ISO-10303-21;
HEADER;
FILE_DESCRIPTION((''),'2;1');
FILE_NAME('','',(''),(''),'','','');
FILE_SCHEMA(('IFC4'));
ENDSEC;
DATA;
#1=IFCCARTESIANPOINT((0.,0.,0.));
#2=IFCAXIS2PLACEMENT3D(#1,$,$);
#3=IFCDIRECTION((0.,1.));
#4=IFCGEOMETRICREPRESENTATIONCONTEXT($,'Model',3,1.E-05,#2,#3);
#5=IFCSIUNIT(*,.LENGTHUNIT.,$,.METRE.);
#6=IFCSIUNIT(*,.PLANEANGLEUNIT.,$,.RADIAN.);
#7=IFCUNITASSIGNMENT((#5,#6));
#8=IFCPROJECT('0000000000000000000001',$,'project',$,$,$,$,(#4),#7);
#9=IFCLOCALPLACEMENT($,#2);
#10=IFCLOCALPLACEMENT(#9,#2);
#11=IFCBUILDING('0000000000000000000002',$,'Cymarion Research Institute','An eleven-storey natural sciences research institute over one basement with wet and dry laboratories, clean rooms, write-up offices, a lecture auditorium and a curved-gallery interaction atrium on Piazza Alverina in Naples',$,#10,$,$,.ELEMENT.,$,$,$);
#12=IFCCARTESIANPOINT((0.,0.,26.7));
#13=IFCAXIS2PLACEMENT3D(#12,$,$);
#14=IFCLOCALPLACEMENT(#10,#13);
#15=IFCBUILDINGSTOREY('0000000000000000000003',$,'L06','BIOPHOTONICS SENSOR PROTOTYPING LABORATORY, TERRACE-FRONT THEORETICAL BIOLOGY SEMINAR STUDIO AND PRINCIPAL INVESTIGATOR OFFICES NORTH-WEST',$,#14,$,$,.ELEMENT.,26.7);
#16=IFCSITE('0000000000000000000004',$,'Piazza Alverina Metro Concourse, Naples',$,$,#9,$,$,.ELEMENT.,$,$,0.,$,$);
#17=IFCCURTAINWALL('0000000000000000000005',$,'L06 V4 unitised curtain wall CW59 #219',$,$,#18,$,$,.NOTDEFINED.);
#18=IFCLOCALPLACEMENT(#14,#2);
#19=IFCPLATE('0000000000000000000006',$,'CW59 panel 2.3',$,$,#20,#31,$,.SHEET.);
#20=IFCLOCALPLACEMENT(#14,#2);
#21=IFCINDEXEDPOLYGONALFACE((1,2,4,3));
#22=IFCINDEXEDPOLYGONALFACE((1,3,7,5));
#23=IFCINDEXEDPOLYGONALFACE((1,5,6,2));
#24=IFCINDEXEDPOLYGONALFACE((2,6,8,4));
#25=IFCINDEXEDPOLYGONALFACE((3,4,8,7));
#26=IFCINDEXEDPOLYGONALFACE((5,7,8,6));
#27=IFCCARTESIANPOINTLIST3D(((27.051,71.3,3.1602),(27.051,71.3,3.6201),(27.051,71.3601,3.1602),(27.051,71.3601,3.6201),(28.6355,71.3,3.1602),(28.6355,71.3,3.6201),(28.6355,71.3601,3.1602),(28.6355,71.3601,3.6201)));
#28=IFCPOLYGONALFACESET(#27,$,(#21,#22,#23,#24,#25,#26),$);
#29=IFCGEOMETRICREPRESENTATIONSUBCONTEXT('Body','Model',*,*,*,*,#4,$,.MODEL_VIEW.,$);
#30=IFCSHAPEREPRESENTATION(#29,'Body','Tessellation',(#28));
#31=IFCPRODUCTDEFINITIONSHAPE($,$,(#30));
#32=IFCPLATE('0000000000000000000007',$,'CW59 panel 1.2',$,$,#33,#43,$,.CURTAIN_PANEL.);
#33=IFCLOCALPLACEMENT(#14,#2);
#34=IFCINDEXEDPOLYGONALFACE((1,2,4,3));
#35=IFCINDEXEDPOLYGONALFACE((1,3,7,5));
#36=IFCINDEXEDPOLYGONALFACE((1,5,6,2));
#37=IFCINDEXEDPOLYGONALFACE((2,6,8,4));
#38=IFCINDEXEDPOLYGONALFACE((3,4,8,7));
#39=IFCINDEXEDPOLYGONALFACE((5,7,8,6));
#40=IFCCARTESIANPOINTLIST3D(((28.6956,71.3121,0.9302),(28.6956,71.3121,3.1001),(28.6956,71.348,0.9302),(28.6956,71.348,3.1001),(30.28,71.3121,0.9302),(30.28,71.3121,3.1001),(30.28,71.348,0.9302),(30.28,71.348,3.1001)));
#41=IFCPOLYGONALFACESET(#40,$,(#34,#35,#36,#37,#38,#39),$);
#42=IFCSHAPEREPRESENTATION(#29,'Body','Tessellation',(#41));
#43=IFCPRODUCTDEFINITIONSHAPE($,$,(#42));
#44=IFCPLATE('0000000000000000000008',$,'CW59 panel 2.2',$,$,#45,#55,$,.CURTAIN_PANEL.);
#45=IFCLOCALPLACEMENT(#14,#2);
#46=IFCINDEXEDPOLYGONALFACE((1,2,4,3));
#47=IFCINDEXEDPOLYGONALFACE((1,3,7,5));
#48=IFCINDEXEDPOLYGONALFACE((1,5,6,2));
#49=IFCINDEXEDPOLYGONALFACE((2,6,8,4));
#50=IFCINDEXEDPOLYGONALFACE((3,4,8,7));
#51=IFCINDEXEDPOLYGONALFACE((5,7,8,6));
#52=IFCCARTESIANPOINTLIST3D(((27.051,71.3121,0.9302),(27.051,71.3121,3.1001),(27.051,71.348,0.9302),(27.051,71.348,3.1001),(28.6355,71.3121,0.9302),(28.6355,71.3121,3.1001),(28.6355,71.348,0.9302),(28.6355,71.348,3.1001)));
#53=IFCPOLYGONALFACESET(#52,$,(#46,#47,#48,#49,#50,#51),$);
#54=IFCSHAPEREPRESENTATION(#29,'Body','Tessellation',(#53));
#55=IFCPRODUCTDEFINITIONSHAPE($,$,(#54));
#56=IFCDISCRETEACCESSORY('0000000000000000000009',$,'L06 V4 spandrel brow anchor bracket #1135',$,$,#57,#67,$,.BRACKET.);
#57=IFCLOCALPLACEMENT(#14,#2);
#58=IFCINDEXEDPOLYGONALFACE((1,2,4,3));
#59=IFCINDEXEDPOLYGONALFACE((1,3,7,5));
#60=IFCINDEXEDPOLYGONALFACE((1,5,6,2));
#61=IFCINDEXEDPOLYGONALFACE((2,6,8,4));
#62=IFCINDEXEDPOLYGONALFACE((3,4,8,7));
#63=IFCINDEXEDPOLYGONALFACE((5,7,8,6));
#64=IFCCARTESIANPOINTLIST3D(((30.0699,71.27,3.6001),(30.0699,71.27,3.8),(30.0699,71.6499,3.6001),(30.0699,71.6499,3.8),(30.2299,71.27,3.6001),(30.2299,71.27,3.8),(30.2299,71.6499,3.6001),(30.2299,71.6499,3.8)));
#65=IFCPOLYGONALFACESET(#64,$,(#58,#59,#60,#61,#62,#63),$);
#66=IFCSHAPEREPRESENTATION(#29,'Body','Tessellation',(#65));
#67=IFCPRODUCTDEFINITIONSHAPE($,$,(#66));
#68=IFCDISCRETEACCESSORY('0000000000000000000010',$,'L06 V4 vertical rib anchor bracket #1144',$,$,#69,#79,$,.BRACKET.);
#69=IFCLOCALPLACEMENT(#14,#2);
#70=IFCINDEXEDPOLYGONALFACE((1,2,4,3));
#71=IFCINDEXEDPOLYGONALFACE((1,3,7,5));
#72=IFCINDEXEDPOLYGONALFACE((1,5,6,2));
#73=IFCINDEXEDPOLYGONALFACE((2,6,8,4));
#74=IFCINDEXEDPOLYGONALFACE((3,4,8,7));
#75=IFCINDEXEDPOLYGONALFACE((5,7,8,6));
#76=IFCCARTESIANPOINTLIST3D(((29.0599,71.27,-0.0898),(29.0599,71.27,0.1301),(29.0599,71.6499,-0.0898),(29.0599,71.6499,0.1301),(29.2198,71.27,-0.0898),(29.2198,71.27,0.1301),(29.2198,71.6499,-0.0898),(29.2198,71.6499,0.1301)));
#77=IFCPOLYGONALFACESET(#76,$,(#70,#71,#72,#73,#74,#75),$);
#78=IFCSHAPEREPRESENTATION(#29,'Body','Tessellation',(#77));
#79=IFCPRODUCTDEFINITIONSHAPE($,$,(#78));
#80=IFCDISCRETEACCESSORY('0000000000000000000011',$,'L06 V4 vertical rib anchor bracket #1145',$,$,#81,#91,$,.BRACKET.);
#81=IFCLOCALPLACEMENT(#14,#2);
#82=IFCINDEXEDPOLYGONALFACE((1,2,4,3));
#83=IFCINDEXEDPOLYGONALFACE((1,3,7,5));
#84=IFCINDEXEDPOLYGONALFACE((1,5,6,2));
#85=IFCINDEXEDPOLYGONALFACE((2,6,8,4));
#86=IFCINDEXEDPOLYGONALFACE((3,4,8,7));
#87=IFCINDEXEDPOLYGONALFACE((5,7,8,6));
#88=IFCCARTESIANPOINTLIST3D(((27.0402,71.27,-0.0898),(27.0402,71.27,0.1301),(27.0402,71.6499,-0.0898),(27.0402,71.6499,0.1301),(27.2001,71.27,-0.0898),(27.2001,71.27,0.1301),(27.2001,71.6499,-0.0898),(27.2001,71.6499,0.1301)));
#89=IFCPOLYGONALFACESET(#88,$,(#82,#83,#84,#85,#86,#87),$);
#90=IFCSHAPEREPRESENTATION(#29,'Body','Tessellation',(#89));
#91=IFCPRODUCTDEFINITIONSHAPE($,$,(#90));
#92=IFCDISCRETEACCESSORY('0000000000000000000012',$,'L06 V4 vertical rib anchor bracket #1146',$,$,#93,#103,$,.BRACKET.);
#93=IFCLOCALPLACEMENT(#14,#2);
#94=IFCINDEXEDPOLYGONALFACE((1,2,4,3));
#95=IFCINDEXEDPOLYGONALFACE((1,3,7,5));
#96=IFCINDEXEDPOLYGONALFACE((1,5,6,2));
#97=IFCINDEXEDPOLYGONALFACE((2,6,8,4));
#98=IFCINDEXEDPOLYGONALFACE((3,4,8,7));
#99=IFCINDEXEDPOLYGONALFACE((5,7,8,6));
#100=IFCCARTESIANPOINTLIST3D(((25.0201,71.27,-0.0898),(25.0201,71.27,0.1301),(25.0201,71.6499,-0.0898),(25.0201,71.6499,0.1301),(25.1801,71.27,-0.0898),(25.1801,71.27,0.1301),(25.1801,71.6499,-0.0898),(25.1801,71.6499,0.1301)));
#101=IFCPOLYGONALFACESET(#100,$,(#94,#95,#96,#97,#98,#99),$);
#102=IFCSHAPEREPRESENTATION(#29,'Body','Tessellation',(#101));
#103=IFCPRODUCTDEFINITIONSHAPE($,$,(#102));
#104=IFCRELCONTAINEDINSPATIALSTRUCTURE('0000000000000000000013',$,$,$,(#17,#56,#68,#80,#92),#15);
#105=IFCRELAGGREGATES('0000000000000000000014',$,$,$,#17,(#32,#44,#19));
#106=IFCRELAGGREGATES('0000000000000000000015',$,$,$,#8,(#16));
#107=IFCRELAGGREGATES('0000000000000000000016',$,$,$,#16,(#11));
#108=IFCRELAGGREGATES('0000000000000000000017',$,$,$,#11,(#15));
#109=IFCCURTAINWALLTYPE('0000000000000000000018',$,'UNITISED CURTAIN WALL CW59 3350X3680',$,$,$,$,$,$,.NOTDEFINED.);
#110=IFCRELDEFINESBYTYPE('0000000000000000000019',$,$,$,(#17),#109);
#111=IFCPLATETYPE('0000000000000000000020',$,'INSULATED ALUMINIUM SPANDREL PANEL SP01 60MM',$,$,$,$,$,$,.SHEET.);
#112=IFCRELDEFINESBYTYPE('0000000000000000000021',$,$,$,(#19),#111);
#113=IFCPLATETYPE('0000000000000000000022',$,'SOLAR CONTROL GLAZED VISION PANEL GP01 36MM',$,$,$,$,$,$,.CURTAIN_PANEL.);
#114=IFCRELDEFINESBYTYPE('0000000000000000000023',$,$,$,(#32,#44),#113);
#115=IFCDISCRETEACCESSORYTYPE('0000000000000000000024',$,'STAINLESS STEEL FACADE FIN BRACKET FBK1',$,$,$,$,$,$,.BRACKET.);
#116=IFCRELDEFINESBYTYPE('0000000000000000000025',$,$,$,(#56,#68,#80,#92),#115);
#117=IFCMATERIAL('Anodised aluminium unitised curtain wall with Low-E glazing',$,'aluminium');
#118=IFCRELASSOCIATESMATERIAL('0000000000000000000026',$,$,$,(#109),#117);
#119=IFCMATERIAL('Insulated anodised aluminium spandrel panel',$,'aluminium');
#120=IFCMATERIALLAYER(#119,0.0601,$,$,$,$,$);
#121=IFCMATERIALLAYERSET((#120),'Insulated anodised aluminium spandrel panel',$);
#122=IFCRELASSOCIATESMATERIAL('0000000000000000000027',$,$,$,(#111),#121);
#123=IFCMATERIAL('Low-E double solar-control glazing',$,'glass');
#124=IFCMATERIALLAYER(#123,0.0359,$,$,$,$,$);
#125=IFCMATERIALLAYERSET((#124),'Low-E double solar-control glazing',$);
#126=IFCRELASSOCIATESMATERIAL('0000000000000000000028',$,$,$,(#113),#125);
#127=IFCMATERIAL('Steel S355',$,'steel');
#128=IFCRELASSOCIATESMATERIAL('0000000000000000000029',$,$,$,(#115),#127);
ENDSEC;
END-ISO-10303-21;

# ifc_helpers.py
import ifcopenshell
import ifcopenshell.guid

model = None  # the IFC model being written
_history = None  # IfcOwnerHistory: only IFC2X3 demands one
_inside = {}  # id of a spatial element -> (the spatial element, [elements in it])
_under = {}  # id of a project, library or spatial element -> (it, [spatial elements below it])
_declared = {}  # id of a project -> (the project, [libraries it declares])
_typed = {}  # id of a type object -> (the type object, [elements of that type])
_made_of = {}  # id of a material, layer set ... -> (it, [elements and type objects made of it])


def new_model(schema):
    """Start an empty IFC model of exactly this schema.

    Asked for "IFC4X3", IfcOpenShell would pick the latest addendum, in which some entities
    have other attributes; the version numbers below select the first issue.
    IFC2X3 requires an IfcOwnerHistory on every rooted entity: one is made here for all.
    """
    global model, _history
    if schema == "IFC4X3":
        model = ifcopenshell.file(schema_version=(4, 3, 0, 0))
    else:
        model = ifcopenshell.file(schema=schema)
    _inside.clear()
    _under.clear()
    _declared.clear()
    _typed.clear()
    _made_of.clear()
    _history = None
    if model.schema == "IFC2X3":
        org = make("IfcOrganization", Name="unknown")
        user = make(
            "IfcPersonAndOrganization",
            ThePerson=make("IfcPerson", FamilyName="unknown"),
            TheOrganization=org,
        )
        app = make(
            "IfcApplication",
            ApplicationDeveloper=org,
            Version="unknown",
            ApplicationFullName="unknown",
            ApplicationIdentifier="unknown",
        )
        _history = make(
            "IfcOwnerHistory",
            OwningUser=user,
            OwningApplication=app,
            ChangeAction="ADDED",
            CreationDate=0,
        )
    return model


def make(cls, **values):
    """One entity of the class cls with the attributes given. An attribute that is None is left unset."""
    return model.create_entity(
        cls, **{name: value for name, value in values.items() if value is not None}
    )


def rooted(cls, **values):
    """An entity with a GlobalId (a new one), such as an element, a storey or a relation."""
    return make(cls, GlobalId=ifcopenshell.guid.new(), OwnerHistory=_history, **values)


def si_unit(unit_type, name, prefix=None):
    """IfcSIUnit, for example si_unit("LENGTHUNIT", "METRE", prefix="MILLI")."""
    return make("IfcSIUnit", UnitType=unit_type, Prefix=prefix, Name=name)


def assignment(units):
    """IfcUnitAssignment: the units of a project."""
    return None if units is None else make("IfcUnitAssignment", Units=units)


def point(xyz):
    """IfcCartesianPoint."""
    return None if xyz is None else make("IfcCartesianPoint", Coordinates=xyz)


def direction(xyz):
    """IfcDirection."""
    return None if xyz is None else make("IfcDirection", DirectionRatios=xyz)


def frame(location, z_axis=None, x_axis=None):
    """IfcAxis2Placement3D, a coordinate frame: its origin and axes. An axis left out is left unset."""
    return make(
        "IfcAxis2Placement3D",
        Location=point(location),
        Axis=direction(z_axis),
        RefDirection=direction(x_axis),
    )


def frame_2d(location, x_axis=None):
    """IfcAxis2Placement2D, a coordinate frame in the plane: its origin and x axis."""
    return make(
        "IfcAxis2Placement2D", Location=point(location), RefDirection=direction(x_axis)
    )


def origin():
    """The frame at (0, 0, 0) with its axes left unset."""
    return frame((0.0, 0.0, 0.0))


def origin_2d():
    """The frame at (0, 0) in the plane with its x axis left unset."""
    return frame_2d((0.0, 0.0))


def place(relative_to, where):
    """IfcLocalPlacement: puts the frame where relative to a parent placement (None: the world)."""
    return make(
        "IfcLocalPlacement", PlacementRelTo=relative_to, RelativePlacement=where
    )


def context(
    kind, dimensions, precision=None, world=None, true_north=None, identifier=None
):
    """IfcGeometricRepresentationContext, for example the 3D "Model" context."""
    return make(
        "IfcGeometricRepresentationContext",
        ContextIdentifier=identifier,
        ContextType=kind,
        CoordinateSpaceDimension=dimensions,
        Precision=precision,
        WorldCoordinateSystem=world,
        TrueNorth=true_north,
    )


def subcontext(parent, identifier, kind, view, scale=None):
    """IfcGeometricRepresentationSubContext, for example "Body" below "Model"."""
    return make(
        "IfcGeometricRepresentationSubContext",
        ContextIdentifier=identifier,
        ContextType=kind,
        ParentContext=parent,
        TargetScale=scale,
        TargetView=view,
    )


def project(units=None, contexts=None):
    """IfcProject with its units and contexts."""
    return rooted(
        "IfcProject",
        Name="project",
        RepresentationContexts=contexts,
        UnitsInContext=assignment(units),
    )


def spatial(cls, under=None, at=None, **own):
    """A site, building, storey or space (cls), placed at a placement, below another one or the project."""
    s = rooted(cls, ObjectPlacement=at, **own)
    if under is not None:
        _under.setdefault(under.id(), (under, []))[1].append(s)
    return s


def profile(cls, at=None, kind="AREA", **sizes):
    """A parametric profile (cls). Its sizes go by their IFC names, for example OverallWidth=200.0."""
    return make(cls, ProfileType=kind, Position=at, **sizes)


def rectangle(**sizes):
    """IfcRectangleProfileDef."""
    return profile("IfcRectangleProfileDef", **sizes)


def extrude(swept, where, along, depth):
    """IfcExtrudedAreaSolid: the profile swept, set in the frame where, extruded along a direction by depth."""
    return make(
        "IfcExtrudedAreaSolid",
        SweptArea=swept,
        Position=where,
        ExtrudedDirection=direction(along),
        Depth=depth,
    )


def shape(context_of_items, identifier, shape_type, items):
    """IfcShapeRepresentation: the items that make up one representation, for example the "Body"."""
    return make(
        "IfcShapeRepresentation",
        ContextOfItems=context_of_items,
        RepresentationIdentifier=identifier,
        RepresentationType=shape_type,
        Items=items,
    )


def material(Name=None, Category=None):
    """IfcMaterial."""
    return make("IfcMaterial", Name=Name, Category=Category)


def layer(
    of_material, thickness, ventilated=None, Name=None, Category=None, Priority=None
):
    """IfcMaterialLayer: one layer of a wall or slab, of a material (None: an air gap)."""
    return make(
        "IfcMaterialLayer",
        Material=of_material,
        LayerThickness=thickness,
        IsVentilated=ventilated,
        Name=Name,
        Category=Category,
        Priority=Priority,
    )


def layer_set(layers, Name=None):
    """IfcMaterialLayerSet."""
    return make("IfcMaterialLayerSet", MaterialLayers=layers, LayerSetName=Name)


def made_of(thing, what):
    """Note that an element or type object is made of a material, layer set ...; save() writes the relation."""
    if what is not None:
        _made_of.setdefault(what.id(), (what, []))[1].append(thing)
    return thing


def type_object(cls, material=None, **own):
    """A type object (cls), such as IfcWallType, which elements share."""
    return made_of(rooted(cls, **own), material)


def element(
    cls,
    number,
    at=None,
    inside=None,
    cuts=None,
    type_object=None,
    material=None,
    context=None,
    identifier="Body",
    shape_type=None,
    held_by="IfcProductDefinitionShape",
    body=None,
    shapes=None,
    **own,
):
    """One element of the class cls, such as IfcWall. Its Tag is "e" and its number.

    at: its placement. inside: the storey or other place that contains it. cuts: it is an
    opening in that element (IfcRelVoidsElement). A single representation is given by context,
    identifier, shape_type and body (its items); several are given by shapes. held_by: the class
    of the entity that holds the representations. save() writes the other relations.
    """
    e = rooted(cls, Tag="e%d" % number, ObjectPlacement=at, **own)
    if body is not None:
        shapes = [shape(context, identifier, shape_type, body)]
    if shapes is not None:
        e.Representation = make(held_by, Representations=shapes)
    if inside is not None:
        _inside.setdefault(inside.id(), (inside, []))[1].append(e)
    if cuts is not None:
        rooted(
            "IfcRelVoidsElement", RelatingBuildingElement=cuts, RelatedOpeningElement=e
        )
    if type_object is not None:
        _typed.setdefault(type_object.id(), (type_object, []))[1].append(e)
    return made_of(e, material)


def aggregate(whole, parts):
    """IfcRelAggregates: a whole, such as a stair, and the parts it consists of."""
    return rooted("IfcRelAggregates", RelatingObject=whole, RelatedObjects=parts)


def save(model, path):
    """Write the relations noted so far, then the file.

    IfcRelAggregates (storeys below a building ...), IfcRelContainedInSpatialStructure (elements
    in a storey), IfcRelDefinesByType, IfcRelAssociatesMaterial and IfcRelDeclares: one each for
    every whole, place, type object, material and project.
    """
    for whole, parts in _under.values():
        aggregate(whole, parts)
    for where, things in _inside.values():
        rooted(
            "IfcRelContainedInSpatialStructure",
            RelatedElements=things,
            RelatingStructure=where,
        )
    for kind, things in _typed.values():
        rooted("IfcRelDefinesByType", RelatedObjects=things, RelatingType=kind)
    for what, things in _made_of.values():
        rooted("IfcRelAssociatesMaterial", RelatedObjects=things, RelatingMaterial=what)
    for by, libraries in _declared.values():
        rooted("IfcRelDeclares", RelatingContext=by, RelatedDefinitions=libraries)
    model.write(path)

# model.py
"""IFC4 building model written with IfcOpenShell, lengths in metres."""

from ifc_helpers import new_model, si_unit, direction, frame, origin, origin_2d, place, context, subcontext, project, spatial, rectangle, extrude, material, layer, layer_set, type_object, element, aggregate, save


model = new_model("IFC4")

# Units and contexts
model_context = context("Model", 3, precision=1e-05, world=origin(), true_north=direction((0.0, 1.0)))
body_context = subcontext(model_context, "Body", "Model", "MODEL_VIEW")
ifc_project = project(units=[si_unit("LENGTHUNIT", "METRE"), si_unit("PLANEANGLEUNIT", "RADIAN")], contexts=[model_context])

# Site, building, storey
site_placement = place(None, origin())
site = spatial("IfcSite", under=ifc_project, at=site_placement, Name="Piazza Alverina Metro Concourse, Naples", CompositionType="ELEMENT", RefElevation=0.0)
building_placement = place(site_placement, origin())
building = spatial("IfcBuilding", under=site, at=building_placement, Name="Cymarion Research Institute", Description="An eleven-storey natural sciences research institute over one basement with wet and dry laboratories, clean rooms, write-up offices, a lecture auditorium and a curved-gallery interaction atrium on Piazza Alverina in Naples", CompositionType="ELEMENT")
storey_placement = place(building_placement, frame((0.0, 0.0, 26.7)))
storey = spatial("IfcBuildingStorey", under=building, at=storey_placement, Name="L06", Description="BIOPHOTONICS SENSOR PROTOTYPING LABORATORY, TERRACE-FRONT THEORETICAL BIOLOGY SEMINAR STUDIO AND PRINCIPAL INVESTIGATOR OFFICES NORTH-WEST", CompositionType="ELEMENT", Elevation=26.7)

# Curtain wall, plates
ifc_material_1 = material(Name="Anodised aluminium unitised curtain wall with Low-E glazing", Category="aluminium")
curtain_wall_type = type_object("IfcCurtainWallType", Name="UNITISED CURTAIN WALL CW59 3350X3680", PredefinedType="NOTDEFINED", material=ifc_material_1)
curtain_wall_placement = place(storey_placement, origin())
curtain_wall = element("IfcCurtainWall", 1, at=curtain_wall_placement, inside=storey, type_object=curtain_wall_type, Name="L06 V4 unitised curtain wall CW59 #219", PredefinedType="NOTDEFINED")
ifc_material_2 = material(Name="Insulated anodised aluminium spandrel panel", Category="aluminium")
ifc_layer_1 = layer(ifc_material_2, 0.0601)
ifc_layer_set_1 = layer_set([ifc_layer_1], Name="Insulated anodised aluminium spandrel panel")
plate_type_1 = type_object("IfcPlateType", Name="INSULATED ALUMINIUM SPANDREL PANEL SP01 60MM", PredefinedType="SHEET", material=ifc_layer_set_1)
plate_1_placement = place(storey_placement, frame((27.8433, 71.3301, 3.1602), z_axis=(0.0, 0.0, 1.0), x_axis=(-1.0, 0.0, 0.0)))
plate_1 = element("IfcPlate", 2, at=plate_1_placement, type_object=plate_type_1, Name="CW59 panel 2.3", PredefinedType="SHEET", context=body_context, shape_type="SweptSolid", body=[
    extrude(rectangle(XDim=1.5845, YDim=0.0601, at=origin_2d()), origin(), (0.0, 0.0, 1.0), 0.46),
])
ifc_material_3 = material(Name="Low-E double solar-control glazing", Category="glass")
ifc_layer_2 = layer(ifc_material_3, 0.0359)
ifc_layer_set_2 = layer_set([ifc_layer_2], Name="Low-E double solar-control glazing")
plate_type_2 = type_object("IfcPlateType", Name="SOLAR CONTROL GLAZED VISION PANEL GP01 36MM", PredefinedType="CURTAIN_PANEL", material=ifc_layer_set_2)
plate_2_placement = place(storey_placement, frame((29.4878, 71.3301, 0.9302), z_axis=(0.0, 0.0, 1.0), x_axis=(-1.0, 0.0, 0.0)))
plate_2 = element("IfcPlate", 3, at=plate_2_placement, type_object=plate_type_2, Name="CW59 panel 1.2", PredefinedType="CURTAIN_PANEL", context=body_context, shape_type="SweptSolid", body=[
    extrude(rectangle(XDim=1.5845, YDim=0.0359, at=origin_2d()), origin(), (0.0, 0.0, 1.0), 2.1699),
])
plate_3_placement = place(storey_placement, frame((27.8433, 71.3301, 0.9302), z_axis=(0.0, 0.0, 1.0), x_axis=(-1.0, 0.0, 0.0)))
plate_3 = element("IfcPlate", 4, at=plate_3_placement, type_object=plate_type_2, Name="CW59 panel 2.2", PredefinedType="CURTAIN_PANEL", context=body_context, shape_type="SweptSolid", body=[
    extrude(rectangle(XDim=1.5845, YDim=0.0359, at=origin_2d()), origin(), (0.0, 0.0, 1.0), 2.1699),
])
aggregate(curtain_wall, [plate_2, plate_3, plate_1])

# Discrete accessories
ifc_material_4 = material(Name="Steel S355", Category="steel")
discrete_accessory_type = type_object("IfcDiscreteAccessoryType", Name="STAINLESS STEEL FACADE FIN BRACKET FBK1", PredefinedType="BRACKET", material=ifc_material_4)
discrete_accessory_placement = place(storey_placement, frame((30.1499, 71.46, 3.6001), z_axis=(0.0, 0.0, 1.0), x_axis=(0.0, 1.0, 0.0)))
element("IfcDiscreteAccessory", 5, at=discrete_accessory_placement, inside=storey, type_object=discrete_accessory_type, Name="L06 V4 spandrel brow anchor bracket #1135", PredefinedType="BRACKET", context=body_context, shape_type="SweptSolid", body=[
    extrude(rectangle(XDim=0.3799, YDim=0.1599, at=origin_2d()), origin(), (0.0, 0.0, 1.0), 0.2),
])
for number, where, z_axis, x_axis, name in (
    (6, (29.1399, 71.46, -0.0898), (0.0, 0.0, 1.0), (0.0, 1.0, 0.0), "L06 V4 vertical rib anchor bracket #1144"),
    (7, (27.1201, 71.46, -0.0898), (0.0, 0.0, 1.0), (0.0, 1.0, 0.0), "L06 V4 vertical rib anchor bracket #1145"),
    (8, (25.1001, 71.46, -0.0898), (0.0, 0.0, 1.0), (0.0, 1.0, 0.0), "L06 V4 vertical rib anchor bracket #1146"),
):
    element("IfcDiscreteAccessory", number, at=place(storey_placement, frame(where, z_axis=z_axis, x_axis=x_axis)), inside=storey, type_object=discrete_accessory_type, Name=name, PredefinedType="BRACKET", context=body_context, shape_type="SweptSolid", body=[
        extrude(rectangle(XDim=0.3799, YDim=0.1599, at=origin_2d()), origin(), (0.0, 0.0, 1.0), 0.22),
    ])

save(model, "model.ifc")
